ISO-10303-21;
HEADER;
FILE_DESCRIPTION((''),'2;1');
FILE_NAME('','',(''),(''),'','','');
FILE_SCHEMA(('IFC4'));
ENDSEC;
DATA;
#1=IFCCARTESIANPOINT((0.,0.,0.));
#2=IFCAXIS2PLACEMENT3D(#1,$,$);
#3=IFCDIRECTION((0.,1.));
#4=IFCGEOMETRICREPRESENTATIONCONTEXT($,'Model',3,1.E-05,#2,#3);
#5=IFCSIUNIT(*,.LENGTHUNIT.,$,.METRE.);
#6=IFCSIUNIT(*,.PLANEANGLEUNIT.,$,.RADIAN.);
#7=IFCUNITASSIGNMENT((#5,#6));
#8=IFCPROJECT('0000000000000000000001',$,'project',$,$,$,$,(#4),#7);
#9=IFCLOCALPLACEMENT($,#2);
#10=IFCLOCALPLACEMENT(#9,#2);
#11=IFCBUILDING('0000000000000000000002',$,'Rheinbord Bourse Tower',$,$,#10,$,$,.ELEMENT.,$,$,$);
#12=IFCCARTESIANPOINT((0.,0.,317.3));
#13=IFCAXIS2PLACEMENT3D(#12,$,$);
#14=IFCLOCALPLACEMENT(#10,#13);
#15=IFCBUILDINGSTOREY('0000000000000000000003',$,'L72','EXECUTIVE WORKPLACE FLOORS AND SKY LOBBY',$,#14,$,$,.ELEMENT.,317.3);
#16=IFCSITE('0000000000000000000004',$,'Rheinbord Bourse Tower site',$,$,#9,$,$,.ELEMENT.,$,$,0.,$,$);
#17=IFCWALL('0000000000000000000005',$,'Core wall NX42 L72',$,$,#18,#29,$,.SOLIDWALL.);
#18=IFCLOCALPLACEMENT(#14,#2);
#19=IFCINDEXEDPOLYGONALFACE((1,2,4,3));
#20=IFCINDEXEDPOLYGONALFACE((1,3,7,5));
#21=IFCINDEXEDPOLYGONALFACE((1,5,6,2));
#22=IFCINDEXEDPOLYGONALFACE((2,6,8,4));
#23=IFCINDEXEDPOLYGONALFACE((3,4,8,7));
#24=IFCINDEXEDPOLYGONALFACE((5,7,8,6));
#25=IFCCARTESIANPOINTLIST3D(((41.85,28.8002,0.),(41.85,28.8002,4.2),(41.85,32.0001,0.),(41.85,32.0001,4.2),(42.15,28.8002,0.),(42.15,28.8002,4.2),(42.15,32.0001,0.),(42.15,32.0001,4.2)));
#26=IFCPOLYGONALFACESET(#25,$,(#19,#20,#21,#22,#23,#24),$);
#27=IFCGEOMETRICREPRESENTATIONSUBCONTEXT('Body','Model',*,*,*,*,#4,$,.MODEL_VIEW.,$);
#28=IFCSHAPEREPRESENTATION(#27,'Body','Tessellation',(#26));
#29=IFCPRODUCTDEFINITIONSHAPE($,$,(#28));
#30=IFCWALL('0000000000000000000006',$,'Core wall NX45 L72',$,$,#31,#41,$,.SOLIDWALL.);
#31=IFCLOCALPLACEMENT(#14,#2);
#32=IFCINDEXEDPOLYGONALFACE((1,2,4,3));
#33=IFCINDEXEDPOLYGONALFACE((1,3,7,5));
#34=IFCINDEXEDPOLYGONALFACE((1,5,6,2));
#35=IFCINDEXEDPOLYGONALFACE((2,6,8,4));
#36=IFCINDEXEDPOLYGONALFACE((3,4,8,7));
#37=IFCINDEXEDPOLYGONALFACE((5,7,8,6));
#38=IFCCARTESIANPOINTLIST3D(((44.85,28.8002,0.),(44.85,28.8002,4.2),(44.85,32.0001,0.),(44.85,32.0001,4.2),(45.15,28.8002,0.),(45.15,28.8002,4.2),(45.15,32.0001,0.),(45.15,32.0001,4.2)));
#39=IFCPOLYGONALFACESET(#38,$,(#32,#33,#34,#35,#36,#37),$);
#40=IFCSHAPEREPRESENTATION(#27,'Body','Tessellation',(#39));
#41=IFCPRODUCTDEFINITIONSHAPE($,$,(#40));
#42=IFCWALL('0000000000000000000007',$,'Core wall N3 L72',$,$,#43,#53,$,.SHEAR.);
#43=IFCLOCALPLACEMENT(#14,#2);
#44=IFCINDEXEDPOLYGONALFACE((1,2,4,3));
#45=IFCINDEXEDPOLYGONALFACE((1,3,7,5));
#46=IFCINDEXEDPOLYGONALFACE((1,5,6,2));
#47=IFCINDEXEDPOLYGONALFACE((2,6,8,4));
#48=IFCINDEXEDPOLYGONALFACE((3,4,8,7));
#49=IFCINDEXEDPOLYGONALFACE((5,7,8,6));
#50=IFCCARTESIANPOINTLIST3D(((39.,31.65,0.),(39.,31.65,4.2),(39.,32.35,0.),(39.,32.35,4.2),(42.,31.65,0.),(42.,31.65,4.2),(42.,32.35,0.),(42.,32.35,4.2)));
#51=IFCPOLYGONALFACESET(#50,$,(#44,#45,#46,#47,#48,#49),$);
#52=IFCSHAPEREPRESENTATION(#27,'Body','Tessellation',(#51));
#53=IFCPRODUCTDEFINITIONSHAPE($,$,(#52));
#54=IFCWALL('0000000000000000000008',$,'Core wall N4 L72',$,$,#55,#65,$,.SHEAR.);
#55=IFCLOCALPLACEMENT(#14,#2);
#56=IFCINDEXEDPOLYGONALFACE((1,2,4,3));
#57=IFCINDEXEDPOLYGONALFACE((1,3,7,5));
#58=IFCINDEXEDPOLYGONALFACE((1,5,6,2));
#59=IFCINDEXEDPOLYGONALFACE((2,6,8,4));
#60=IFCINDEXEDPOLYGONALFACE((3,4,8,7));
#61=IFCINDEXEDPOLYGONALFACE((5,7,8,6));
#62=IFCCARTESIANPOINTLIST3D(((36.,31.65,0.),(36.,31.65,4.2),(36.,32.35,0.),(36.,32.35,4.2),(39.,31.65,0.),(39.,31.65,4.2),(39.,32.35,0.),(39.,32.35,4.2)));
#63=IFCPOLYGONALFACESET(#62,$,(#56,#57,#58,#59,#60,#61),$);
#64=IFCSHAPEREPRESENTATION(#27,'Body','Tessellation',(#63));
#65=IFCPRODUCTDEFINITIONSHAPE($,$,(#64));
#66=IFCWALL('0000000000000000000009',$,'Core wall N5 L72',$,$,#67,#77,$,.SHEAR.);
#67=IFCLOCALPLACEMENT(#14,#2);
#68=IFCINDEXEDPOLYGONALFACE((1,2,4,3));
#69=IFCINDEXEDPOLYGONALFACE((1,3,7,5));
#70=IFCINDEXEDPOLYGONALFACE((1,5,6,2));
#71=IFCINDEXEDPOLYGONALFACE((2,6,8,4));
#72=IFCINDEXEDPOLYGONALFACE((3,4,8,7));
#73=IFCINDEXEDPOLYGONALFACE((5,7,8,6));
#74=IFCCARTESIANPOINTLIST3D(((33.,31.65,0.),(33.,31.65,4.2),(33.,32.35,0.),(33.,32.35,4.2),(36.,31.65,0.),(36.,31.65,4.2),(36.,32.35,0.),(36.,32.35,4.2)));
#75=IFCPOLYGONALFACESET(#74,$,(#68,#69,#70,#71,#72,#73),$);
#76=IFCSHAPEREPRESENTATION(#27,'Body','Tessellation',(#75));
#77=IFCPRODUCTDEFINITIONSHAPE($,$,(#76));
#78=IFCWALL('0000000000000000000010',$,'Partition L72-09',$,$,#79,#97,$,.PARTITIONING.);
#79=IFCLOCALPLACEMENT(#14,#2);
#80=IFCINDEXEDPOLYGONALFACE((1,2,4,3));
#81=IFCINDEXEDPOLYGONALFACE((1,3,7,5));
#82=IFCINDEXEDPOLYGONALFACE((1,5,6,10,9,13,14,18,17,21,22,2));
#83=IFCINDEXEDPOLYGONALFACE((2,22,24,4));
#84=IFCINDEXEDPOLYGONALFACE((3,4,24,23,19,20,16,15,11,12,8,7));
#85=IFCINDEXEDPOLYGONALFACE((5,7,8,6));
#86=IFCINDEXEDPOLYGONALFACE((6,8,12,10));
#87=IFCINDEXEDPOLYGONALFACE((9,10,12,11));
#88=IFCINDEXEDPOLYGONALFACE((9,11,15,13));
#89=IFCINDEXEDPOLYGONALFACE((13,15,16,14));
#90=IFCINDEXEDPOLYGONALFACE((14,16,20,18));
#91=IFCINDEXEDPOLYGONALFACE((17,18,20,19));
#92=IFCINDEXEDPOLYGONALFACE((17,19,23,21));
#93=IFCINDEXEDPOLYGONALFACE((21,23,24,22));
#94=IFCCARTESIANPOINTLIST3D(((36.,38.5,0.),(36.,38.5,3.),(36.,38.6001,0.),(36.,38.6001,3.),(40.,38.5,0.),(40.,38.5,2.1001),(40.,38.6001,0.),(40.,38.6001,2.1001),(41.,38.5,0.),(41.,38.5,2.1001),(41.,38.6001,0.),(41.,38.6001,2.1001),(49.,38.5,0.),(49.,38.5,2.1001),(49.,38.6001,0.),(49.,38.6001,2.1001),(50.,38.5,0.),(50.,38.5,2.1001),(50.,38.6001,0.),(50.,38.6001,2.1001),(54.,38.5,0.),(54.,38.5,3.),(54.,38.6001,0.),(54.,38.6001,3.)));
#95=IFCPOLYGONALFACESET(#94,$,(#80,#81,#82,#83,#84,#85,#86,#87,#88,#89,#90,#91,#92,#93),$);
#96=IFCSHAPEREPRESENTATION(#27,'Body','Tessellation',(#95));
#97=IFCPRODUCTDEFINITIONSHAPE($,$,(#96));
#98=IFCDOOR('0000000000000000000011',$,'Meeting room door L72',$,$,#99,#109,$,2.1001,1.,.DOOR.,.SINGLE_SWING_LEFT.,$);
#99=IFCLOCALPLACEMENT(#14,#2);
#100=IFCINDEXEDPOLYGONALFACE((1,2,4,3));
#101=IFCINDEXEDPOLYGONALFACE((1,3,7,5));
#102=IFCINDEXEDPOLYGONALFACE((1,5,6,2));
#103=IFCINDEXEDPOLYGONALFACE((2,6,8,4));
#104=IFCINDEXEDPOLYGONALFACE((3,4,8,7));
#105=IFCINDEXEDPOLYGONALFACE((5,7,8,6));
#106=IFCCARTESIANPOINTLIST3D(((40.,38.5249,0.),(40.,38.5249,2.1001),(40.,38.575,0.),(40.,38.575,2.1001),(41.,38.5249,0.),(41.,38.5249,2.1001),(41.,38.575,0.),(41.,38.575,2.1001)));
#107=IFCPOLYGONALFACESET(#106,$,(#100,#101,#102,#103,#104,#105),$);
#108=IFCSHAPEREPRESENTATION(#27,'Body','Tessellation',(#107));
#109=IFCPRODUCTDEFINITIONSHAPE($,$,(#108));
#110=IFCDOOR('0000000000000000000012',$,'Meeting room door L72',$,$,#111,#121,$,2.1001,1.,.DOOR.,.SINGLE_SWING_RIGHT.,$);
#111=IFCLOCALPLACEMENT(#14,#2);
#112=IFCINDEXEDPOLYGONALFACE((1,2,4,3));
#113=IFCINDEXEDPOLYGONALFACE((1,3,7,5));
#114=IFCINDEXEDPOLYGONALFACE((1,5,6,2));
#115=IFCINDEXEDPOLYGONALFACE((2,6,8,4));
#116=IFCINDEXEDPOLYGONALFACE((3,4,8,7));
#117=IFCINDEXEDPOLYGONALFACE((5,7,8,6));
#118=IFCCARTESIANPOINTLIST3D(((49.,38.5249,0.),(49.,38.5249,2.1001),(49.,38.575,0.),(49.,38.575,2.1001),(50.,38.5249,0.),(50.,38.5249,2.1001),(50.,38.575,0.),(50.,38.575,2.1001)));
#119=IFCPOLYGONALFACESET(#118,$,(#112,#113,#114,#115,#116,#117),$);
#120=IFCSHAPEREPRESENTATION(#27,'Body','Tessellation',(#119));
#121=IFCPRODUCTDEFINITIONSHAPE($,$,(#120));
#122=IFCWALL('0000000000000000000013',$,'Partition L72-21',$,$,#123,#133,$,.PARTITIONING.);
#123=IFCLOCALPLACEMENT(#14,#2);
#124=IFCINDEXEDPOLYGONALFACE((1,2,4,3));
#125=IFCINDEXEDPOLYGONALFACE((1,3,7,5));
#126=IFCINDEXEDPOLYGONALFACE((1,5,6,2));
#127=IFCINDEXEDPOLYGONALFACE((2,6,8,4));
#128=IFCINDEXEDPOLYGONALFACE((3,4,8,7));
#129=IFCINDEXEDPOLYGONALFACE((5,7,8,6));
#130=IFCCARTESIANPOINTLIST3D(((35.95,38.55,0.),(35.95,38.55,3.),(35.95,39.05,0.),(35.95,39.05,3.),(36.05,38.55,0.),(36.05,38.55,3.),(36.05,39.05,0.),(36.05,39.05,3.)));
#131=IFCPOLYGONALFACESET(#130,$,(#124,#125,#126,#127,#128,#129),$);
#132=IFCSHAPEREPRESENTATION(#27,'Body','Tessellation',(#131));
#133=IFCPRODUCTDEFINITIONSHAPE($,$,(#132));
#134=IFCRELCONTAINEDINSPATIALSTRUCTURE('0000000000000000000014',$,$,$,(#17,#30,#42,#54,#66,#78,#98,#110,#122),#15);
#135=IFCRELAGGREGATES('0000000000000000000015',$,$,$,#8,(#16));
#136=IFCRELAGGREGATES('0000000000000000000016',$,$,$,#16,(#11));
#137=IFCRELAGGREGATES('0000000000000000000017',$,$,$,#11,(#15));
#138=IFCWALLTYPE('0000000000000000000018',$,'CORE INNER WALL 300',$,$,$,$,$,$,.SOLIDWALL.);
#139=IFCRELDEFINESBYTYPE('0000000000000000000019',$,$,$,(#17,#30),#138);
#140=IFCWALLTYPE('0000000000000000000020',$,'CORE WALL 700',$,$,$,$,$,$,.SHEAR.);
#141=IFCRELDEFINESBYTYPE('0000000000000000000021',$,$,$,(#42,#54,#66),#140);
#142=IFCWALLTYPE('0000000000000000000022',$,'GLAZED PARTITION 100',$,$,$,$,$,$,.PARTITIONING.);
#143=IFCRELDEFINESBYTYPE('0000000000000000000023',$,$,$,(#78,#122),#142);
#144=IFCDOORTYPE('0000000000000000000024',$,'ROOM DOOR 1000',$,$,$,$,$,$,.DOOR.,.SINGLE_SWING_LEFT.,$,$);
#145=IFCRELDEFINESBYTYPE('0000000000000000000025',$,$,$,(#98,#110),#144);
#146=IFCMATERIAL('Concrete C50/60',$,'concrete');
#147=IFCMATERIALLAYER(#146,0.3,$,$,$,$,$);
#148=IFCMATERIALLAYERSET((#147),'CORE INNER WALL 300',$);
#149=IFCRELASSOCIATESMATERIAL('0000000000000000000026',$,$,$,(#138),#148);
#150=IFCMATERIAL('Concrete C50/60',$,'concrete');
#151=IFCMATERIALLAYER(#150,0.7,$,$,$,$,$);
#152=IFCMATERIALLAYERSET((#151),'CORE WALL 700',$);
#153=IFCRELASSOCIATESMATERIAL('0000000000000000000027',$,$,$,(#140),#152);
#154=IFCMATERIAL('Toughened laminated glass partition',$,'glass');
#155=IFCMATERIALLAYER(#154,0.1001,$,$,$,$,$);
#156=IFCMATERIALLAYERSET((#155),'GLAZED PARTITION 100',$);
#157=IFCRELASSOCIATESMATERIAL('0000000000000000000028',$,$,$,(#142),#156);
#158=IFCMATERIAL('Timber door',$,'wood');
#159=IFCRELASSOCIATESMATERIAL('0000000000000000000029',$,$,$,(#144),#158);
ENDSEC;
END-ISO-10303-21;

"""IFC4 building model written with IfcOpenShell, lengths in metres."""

from ifc_helpers import new_model, si_unit, direction, frame, frame_2d, origin, place, context, subcontext, project, spatial, rectangle, extrude, material, layer, layer_set, type_object, element, fill, save


model = new_model("IFC4")

# Units and contexts
model_context = context("Model", 3, precision=1e-05, world=origin(), true_north=direction((0.0, 1.0)))
body_context = subcontext(model_context, "Body", "Model", "MODEL_VIEW")
ifc_project = project(units=[si_unit("LENGTHUNIT", "METRE"), si_unit("PLANEANGLEUNIT", "RADIAN")], contexts=[model_context])

# Site, building, storey
site_placement = place(None, origin())
site = spatial("IfcSite", under=ifc_project, at=site_placement, Name="Rheinbord Bourse Tower site", CompositionType="ELEMENT", RefElevation=0.0)
building_placement = place(site_placement, origin())
building = spatial("IfcBuilding", under=site, at=building_placement, Name="Rheinbord Bourse Tower", CompositionType="ELEMENT")
storey_placement = place(building_placement, frame((0.0, 0.0, 317.3)))
storey = spatial("IfcBuildingStorey", under=building, at=storey_placement, Name="L72", Description="EXECUTIVE WORKPLACE FLOORS AND SKY LOBBY", CompositionType="ELEMENT", Elevation=317.3)

# Shared definitions
ifc_material_1 = material(Name="Concrete C50/60", Category="concrete")
ifc_layer_1 = layer(ifc_material_1, 0.3)
ifc_layer_set_1 = layer_set([ifc_layer_1], Name="CORE INNER WALL 300")
wall_type_1 = type_object("IfcWallType", Name="CORE INNER WALL 300", PredefinedType="SOLIDWALL", material=ifc_layer_set_1)

# Walls
for number, where, z_axis, x_axis, name in (
    (1, (42.0, 28.8, 0.0), (0.0, 0.0, 1.0), (0.0, 1.0, 0.0), "Core wall NX42 L72"),
    (2, (45.0, 28.8, 0.0), (0.0, 0.0, 1.0), (0.0, 1.0, 0.0), "Core wall NX45 L72"),
):
    element("IfcWall", number, at=place(storey_placement, frame(where, z_axis=z_axis, x_axis=x_axis)), inside=storey, type_object=wall_type_1, Name=name, PredefinedType="SOLIDWALL", context=body_context, shape_type="SweptSolid", body=[
        extrude(rectangle(XDim=3.2, YDim=0.3, at=frame_2d((1.6001, 0.0))), origin(), (0.0, 0.0, 1.0), 4.2),
    ])
ifc_material_2 = material(Name="Concrete C50/60", Category="concrete")
ifc_layer_2 = layer(ifc_material_2, 0.7)
ifc_layer_set_2 = layer_set([ifc_layer_2], Name="CORE WALL 700")
wall_type_2 = type_object("IfcWallType", Name="CORE WALL 700", PredefinedType="SHEAR", material=ifc_layer_set_2)
for number, where, z_axis, x_axis, name in (
    (3, (42.0, 32.0, 0.0), (0.0, 0.0, 1.0), (-1.0, 0.0, 0.0), "Core wall N3 L72"),
    (4, (39.0, 32.0, 0.0), (0.0, 0.0, 1.0), (-1.0, 0.0, 0.0), "Core wall N4 L72"),
    (5, (36.0, 32.0, 0.0), (0.0, 0.0, 1.0), (-1.0, 0.0, 0.0), "Core wall N5 L72"),
):
    element("IfcWall", number, at=place(storey_placement, frame(where, z_axis=z_axis, x_axis=x_axis)), inside=storey, type_object=wall_type_2, Name=name, PredefinedType="SHEAR", context=body_context, shape_type="SweptSolid", body=[
        extrude(rectangle(XDim=3.0, YDim=0.7, at=frame_2d((1.5, 0.0))), origin(), (0.0, 0.0, 1.0), 4.2),
    ])

# Wall, openings, doors
ifc_material_3 = material(Name="Toughened laminated glass partition", Category="glass")
ifc_layer_3 = layer(ifc_material_3, 0.1001)
ifc_layer_set_3 = layer_set([ifc_layer_3], Name="GLAZED PARTITION 100")
wall_type_3 = type_object("IfcWallType", Name="GLAZED PARTITION 100", PredefinedType="PARTITIONING", material=ifc_layer_set_3)
wall_1_placement = place(storey_placement, frame((36.0, 38.55, 0.0), z_axis=(0.0, 0.0, 1.0), x_axis=(1.0, 0.0, 0.0)))
wall_1 = element("IfcWall", 6, at=wall_1_placement, inside=storey, type_object=wall_type_3, Name="Partition L72-09", PredefinedType="PARTITIONING", context=body_context, shape_type="SweptSolid", body=[
    extrude(rectangle(XDim=18.0, YDim=0.1001, at=frame_2d((9.0, 0.0))), origin(), (0.0, 0.0, 1.0), 3.0),
])
opening_1_placement = place(wall_1_placement, frame((4.0, 0.0, 0.0)))
opening_1 = element("IfcOpeningElement", 7, at=opening_1_placement, cuts=wall_1, PredefinedType="OPENING", context=body_context, shape_type="SweptSolid", body=[
    extrude(rectangle(XDim=1.0, YDim=2.1001, at=frame_2d((0.5, 1.05))), frame((0.0, 0.0601, 0.0), z_axis=(0.0, -1.0, 0.0), x_axis=(1.0, 0.0, 0.0)), (0.0, 0.0, 1.0), 0.1201),
])
opening_2_placement = place(wall_1_placement, frame((13.0, 0.0, 0.0)))
opening_2 = element("IfcOpeningElement", 8, at=opening_2_placement, cuts=wall_1, PredefinedType="OPENING", context=body_context, shape_type="SweptSolid", body=[
    extrude(rectangle(XDim=1.0, YDim=2.1001, at=frame_2d((0.5, 1.05))), frame((0.0, 0.0601, 0.0), z_axis=(0.0, -1.0, 0.0), x_axis=(1.0, 0.0, 0.0)), (0.0, 0.0, 1.0), 0.1201),
])
ifc_material_4 = material(Name="Timber door", Category="wood")
door_type_1 = type_object("IfcDoorType", Name="ROOM DOOR 1000", OperationType="SINGLE_SWING_LEFT", PredefinedType="DOOR", material=ifc_material_4)
door_1_placement = place(opening_1_placement, origin())
door_1 = element("IfcDoor", 9, at=door_1_placement, inside=storey, type_object=door_type_1, Name="Meeting room door L72", OperationType="SINGLE_SWING_LEFT", OverallHeight=2.1001, OverallWidth=1.0, PredefinedType="DOOR", context=body_context, shape_type="SweptSolid", body=[
    extrude(rectangle(XDim=1.0, YDim=2.1001, at=frame_2d((0.5, 1.05))), frame((0.0, 0.0249, 0.0), z_axis=(0.0, -1.0, 0.0), x_axis=(1.0, 0.0, 0.0)), (0.0, 0.0, 1.0), 0.05),
])
fill(opening_1, door_1)
door_2_placement = place(opening_2_placement, origin())
door_2 = element("IfcDoor", 10, at=door_2_placement, inside=storey, type_object=door_type_1, Name="Meeting room door L72", OperationType="SINGLE_SWING_RIGHT", OverallHeight=2.1001, OverallWidth=1.0, PredefinedType="DOOR", context=body_context, shape_type="SweptSolid", body=[
    extrude(rectangle(XDim=1.0, YDim=2.1001, at=frame_2d((0.5, 1.05))), frame((0.0, 0.0249, 0.0), z_axis=(0.0, -1.0, 0.0), x_axis=(1.0, 0.0, 0.0)), (0.0, 0.0, 1.0), 0.05),
])
fill(opening_2, door_2)

# Wall
wall_2_placement = place(storey_placement, frame((36.0, 38.55, 0.0), z_axis=(0.0, 0.0, 1.0), x_axis=(0.0, 1.0, 0.0)))
element("IfcWall", 11, at=wall_2_placement, inside=storey, type_object=wall_type_3, Name="Partition L72-21", PredefinedType="PARTITIONING", context=body_context, shape_type="SweptSolid", body=[
    extrude(rectangle(XDim=0.5, YDim=0.1001, at=frame_2d((0.25, 0.0))), origin(), (0.0, 0.0, 1.0), 3.0),
])

save(model, "model.ifc")
